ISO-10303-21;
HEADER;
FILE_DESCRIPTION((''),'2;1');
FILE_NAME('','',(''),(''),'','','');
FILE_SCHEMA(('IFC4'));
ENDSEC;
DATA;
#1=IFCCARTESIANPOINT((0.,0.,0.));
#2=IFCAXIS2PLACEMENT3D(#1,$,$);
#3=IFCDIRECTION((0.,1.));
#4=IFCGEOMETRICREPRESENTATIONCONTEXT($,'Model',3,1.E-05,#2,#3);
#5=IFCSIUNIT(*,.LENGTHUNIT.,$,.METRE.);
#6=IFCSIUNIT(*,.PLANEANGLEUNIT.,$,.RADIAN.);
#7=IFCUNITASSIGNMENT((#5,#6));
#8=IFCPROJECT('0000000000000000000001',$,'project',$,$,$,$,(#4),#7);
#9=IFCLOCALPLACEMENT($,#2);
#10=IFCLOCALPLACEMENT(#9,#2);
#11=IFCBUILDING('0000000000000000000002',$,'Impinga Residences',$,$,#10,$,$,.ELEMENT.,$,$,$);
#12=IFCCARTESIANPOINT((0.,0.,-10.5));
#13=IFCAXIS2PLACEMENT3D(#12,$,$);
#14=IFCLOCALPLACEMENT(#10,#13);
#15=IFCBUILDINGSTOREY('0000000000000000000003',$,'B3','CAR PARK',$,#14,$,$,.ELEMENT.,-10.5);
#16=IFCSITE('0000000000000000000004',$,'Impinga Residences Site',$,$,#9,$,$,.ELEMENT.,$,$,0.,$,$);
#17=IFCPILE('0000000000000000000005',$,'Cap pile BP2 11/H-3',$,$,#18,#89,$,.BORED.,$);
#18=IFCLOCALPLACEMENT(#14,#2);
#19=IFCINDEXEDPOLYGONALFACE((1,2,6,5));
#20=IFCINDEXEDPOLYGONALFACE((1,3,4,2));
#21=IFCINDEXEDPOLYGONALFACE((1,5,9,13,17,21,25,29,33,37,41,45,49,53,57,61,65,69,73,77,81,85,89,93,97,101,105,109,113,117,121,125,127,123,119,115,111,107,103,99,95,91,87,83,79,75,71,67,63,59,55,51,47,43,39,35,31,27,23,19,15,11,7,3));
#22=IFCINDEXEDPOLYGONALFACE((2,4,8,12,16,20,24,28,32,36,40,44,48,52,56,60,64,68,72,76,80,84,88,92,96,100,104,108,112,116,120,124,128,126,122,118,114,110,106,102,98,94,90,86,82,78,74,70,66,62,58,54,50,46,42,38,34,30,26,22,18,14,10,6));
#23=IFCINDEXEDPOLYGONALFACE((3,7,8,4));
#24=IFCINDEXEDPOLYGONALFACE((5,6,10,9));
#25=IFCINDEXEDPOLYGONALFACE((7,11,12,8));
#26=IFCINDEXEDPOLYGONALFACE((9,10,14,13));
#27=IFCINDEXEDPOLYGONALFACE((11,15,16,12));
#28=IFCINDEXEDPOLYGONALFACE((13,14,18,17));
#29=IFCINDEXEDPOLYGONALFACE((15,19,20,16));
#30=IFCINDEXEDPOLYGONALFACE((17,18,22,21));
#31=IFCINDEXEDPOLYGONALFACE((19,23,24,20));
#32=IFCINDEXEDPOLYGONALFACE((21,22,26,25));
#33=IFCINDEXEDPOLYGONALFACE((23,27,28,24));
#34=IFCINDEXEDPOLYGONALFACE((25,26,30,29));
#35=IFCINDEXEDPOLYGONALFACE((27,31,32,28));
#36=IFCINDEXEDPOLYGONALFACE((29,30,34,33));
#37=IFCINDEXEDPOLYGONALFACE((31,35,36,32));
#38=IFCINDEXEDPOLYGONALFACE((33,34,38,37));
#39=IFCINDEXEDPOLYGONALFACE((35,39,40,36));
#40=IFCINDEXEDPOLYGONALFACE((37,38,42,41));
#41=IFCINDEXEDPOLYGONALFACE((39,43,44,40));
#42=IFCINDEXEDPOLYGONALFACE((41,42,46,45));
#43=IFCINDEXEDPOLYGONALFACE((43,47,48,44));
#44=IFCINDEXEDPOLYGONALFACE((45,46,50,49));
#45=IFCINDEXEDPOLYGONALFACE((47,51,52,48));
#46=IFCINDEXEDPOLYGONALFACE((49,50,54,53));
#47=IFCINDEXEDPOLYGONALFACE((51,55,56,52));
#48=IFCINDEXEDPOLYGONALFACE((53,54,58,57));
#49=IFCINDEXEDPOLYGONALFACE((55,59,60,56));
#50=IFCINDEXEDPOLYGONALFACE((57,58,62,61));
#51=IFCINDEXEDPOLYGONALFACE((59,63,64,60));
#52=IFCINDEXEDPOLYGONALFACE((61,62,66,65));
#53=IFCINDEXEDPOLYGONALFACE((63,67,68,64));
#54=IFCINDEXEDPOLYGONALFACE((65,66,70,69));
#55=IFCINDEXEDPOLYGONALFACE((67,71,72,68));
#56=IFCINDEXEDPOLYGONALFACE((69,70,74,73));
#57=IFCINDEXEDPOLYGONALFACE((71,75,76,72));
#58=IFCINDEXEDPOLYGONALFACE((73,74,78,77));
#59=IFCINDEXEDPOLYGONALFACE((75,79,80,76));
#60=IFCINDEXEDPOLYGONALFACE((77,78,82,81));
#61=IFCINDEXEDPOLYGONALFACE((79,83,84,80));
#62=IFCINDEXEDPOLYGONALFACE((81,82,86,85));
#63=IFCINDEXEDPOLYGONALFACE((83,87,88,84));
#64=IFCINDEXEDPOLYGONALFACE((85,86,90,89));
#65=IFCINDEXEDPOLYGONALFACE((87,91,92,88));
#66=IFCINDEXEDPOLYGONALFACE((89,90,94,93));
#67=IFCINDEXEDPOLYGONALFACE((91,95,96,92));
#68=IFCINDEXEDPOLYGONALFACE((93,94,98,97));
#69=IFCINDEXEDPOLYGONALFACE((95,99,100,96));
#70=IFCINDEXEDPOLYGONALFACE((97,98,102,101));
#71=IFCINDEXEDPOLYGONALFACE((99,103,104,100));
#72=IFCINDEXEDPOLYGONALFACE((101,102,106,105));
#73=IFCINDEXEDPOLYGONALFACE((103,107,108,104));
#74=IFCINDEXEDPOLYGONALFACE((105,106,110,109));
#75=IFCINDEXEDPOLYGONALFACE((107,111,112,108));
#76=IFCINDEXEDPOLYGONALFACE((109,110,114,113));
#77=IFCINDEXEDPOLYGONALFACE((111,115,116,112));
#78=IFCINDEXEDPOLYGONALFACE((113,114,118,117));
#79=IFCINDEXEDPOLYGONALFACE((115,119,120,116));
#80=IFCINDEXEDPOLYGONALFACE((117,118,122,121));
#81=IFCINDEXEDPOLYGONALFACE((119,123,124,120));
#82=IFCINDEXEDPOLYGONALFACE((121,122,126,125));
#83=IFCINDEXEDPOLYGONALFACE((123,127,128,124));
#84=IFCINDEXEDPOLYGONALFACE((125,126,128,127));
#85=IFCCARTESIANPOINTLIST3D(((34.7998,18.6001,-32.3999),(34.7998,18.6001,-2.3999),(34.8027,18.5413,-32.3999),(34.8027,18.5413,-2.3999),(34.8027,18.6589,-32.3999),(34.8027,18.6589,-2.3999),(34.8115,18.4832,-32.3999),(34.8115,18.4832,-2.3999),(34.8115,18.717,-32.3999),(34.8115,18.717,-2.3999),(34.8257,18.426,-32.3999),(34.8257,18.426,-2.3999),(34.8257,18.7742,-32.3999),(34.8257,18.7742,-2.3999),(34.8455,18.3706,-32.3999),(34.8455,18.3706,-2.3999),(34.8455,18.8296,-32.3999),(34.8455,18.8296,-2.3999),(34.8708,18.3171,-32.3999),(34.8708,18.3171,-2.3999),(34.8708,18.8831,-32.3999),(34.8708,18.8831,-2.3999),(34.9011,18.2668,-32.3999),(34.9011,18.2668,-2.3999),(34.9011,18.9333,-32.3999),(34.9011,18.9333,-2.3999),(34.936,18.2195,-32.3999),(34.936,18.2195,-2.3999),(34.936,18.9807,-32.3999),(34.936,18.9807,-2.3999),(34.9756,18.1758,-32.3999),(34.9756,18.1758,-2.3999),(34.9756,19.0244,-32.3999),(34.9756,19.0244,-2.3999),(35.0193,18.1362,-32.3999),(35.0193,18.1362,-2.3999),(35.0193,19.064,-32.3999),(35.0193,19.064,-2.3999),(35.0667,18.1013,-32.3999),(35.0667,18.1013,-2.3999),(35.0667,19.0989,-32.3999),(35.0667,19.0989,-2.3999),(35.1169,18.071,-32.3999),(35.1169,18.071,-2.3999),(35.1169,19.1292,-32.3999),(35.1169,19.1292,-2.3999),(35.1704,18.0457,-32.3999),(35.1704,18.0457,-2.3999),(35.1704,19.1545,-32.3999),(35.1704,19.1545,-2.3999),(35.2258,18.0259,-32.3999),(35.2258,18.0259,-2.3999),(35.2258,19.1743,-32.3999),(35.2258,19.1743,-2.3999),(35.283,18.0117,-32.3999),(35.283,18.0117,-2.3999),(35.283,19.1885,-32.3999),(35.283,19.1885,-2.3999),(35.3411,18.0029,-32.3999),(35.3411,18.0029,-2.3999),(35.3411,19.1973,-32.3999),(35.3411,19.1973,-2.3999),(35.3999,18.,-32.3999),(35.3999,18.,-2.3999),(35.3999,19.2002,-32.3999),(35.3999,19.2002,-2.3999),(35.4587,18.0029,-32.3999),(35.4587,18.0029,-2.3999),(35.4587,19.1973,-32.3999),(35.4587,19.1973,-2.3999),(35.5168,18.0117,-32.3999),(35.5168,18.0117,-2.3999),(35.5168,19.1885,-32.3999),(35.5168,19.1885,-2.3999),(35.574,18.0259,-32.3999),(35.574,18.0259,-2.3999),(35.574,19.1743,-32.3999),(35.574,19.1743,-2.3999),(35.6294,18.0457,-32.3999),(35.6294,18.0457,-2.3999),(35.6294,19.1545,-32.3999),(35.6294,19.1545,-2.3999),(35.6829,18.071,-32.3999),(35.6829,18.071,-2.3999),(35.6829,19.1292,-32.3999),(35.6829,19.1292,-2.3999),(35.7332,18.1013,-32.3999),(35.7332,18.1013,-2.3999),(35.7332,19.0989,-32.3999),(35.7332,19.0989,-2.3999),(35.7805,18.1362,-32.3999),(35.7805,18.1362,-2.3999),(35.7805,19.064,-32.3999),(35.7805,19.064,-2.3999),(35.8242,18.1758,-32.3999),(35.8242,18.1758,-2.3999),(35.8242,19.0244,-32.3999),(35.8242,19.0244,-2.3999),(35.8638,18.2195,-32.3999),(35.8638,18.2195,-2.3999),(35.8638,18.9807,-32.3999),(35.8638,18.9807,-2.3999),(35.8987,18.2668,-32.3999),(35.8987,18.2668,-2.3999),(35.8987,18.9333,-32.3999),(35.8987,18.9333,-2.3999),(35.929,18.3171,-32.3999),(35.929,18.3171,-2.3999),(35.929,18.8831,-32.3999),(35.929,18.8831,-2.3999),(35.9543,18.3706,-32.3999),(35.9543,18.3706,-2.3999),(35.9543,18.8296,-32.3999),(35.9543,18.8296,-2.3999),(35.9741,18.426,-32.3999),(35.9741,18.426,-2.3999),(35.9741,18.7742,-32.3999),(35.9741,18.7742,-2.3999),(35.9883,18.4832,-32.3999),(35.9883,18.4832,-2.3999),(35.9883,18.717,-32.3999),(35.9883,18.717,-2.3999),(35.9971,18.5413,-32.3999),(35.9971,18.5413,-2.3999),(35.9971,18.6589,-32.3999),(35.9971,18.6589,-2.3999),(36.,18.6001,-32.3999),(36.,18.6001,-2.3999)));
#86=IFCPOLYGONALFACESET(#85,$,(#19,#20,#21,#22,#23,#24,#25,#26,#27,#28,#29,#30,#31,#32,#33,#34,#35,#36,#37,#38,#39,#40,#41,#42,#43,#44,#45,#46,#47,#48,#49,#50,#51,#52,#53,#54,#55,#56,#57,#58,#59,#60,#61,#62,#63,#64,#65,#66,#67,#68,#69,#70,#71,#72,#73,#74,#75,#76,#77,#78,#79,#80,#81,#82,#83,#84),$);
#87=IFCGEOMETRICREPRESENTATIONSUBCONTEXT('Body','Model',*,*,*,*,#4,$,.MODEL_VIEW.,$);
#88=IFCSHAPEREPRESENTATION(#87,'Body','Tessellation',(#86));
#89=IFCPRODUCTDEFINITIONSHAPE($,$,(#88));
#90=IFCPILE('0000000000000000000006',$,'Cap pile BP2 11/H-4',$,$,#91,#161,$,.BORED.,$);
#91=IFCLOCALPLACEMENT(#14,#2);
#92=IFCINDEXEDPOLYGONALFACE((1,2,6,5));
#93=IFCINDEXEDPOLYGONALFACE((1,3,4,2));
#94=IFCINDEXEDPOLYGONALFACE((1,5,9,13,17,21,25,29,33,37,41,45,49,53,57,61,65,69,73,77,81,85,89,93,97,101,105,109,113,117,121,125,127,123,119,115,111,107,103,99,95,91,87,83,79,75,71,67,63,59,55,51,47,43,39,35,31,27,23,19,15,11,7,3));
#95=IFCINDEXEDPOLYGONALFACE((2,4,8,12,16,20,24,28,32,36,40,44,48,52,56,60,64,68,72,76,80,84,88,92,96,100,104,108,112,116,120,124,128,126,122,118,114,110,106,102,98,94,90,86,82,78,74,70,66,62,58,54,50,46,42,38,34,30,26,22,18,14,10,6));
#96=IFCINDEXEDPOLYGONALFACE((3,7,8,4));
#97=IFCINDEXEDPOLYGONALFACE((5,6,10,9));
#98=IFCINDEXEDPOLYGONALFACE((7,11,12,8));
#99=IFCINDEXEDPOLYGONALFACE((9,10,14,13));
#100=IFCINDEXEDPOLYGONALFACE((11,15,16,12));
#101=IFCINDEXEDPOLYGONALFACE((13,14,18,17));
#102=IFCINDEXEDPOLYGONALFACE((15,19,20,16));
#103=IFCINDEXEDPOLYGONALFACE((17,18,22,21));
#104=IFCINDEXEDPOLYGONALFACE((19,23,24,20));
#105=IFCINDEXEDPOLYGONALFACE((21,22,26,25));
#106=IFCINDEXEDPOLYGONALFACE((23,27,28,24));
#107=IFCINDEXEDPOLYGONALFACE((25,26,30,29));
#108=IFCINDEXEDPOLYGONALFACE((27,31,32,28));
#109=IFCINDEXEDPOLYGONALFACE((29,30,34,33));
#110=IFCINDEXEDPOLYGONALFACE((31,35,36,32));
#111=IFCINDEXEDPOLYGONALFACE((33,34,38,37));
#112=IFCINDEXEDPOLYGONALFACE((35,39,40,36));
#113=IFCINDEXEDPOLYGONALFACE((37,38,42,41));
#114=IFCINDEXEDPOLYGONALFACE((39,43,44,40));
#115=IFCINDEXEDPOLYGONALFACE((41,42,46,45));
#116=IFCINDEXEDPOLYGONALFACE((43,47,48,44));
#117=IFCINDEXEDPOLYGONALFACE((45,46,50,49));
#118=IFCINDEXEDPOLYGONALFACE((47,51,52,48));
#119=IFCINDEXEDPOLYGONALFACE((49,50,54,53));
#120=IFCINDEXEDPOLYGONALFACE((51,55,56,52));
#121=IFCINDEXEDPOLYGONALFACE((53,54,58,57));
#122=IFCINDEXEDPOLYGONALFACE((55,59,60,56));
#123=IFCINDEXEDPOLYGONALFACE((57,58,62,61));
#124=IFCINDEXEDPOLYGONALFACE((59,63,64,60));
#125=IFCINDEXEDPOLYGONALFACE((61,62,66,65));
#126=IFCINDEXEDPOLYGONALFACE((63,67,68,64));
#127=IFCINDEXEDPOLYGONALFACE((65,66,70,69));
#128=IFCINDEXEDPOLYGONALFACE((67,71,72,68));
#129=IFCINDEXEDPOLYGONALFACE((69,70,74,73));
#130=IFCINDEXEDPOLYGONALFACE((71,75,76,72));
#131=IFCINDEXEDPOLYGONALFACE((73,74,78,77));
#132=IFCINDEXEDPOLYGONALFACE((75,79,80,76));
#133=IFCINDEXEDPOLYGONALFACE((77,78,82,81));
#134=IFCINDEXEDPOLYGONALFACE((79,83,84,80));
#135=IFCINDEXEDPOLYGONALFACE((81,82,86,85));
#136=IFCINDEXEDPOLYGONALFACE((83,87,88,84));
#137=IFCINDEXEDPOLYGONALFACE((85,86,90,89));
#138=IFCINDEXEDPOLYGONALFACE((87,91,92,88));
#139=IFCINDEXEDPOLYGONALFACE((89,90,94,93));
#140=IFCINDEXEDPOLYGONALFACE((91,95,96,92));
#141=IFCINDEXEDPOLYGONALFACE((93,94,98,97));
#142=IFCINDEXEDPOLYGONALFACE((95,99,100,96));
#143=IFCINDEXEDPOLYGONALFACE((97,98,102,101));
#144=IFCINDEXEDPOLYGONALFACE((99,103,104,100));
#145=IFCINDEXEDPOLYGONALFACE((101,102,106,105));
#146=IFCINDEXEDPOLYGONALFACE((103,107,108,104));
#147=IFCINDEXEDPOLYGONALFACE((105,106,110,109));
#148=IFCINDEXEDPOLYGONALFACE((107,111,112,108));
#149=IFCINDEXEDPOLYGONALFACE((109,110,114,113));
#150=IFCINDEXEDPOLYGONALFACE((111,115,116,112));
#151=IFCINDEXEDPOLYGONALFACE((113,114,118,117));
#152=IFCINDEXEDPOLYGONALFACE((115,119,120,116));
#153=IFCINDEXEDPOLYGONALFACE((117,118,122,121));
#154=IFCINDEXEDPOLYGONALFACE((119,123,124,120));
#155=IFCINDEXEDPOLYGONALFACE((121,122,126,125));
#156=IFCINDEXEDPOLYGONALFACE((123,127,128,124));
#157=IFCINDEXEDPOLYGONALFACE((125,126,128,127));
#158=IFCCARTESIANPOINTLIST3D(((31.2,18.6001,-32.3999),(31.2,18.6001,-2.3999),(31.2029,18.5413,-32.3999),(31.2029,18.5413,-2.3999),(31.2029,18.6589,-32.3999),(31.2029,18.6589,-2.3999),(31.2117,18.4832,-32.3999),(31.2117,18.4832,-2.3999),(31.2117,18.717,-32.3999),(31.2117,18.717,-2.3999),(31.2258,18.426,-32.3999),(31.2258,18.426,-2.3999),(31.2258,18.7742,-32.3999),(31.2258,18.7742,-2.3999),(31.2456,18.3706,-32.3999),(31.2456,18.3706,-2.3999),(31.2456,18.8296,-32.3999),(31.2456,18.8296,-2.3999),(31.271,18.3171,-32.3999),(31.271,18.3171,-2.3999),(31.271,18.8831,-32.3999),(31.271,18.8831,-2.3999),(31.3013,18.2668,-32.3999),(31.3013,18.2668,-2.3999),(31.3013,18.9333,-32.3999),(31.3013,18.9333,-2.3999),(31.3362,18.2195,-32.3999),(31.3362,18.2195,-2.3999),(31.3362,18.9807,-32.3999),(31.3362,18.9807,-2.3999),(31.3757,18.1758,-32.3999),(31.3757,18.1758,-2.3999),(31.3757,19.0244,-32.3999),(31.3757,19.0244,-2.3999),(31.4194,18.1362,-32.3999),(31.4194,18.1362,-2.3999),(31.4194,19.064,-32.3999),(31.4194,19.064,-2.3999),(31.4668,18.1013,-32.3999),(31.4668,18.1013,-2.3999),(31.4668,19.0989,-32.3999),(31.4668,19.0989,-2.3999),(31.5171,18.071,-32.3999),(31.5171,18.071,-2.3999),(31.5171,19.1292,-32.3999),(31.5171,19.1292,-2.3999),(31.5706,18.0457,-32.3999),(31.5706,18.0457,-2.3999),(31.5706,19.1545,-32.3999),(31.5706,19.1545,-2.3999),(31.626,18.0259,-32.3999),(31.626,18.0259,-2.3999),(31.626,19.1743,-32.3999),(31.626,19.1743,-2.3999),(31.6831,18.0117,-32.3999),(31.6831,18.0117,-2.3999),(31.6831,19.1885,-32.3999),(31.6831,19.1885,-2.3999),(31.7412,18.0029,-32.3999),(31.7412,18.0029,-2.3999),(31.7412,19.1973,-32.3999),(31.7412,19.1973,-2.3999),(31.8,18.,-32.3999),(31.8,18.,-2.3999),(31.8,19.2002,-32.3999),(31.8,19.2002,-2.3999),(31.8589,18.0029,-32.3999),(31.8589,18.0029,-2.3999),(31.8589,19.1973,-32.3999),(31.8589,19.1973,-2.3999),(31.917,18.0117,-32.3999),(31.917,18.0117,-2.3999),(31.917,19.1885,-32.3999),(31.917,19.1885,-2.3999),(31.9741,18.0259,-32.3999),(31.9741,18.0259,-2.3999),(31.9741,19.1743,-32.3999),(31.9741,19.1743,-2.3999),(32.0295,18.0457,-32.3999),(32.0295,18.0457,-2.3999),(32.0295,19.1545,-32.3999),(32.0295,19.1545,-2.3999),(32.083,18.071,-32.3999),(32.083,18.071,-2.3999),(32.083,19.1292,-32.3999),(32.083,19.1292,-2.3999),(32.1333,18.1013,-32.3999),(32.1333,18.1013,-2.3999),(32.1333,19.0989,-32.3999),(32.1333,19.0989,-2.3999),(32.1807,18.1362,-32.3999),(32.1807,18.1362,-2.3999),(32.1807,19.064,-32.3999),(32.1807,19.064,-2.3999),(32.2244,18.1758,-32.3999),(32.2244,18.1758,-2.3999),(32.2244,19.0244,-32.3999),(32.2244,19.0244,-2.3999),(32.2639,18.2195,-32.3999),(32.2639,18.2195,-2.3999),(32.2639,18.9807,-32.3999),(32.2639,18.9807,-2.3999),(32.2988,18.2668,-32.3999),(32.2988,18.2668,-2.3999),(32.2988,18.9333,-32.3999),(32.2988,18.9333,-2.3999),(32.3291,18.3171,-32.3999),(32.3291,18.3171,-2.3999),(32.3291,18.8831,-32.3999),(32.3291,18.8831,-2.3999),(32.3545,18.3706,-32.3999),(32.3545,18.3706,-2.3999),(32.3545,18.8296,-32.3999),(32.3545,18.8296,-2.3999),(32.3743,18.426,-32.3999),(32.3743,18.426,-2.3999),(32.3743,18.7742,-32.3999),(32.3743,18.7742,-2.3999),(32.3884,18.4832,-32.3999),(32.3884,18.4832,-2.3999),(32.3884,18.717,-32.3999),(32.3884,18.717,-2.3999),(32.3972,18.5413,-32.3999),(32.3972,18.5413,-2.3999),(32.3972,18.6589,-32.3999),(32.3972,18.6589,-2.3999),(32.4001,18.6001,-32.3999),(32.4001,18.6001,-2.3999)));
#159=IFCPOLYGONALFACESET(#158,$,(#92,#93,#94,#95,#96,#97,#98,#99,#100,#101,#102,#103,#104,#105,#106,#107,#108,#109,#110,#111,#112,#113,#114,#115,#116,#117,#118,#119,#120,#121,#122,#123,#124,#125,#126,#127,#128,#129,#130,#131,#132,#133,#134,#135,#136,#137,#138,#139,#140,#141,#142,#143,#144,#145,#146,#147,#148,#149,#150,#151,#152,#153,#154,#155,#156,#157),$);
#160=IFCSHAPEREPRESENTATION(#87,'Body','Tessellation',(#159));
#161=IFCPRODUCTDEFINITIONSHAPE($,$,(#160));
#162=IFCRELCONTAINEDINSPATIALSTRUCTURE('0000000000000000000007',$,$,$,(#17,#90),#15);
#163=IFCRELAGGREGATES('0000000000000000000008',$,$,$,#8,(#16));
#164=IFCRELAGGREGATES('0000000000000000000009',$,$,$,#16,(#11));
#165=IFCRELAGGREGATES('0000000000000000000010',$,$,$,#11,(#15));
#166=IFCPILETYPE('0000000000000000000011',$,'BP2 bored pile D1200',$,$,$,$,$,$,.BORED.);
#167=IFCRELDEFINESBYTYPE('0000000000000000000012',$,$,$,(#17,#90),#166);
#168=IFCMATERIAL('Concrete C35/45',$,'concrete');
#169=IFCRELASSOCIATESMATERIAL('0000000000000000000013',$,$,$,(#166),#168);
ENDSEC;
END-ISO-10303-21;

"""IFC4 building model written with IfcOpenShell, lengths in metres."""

from ifc_helpers import new_model, si_unit, direction, frame, origin, origin_2d, place, context, subcontext, project, spatial, polyline, circle, outline, extrude, material, material_profile, profile_set, type_object, element, save


model = new_model("IFC4")

# Units and contexts
model_context = context("Model", 3, precision=1e-05, world=origin(), true_north=direction((0.0, 1.0)))
body_context = subcontext(model_context, "Body", "Model", "MODEL_VIEW")
ifc_project = project(units=[si_unit("LENGTHUNIT", "METRE"), si_unit("PLANEANGLEUNIT", "RADIAN")], contexts=[model_context])

# Site, building, storey
site_placement = place(None, origin())
site = spatial("IfcSite", under=ifc_project, at=site_placement, Name="Impinga Residences Site", CompositionType="ELEMENT", RefElevation=0.0)
building_placement = place(site_placement, origin())
building = spatial("IfcBuilding", under=site, at=building_placement, Name="Impinga Residences", CompositionType="ELEMENT")
storey_placement = place(building_placement, frame((0.0, 0.0, -10.5)))
storey = spatial("IfcBuildingStorey", under=building, at=storey_placement, Name="B3", Description="CAR PARK", CompositionType="ELEMENT", Elevation=-10.5)

# Piles
ifc_material_1 = material(Name="Concrete C35/45", Category="concrete")
ifc_material_profile_1 = material_profile(ifc_material_1, circle(Radius=0.6001, at=origin_2d()), Name="D1200")
ifc_profile_set_1 = profile_set([ifc_material_profile_1], Name="Concrete C35/45")
pile_type = type_object("IfcPileType", Name="BP2 bored pile D1200", PredefinedType="BORED", material=ifc_profile_set_1)
pile_1_placement = place(storey_placement, frame((35.3999, 18.6001, -2.3999), z_axis=(0.0, 0.0, -1.0), x_axis=(1.0, 0.0, 0.0)))
element("IfcPile", 1, at=pile_1_placement, inside=storey, type_object=pile_type, Name="Cap pile BP2 11/H-3", PredefinedType="BORED", context=body_context, shape_type="SweptSolid", body=[
    extrude(outline(polyline([(0.6001, 0.0), (0.5972, 0.0588), (0.5884, 0.1169), (0.5742, 0.1741), (0.5544, 0.2295), (0.5291, 0.283), (0.4988, 0.3333), (0.4639, 0.3806), (0.4243, 0.4243), (0.3806, 0.4639), (0.3333, 0.4988), (0.283, 0.5291), (0.2295, 0.5544), (0.1741, 0.5742), (0.1169, 0.5884), (0.0588, 0.5972), (0.0, 0.6001), (-0.0588, 0.5972), (-0.1169, 0.5884), (-0.1741, 0.5742), (-0.2295, 0.5544), (-0.283, 0.5291), (-0.3333, 0.4988), (-0.3806, 0.4639), (-0.4243, 0.4243), (-0.4639, 0.3806), (-0.4988, 0.3333), (-0.5291, 0.283), (-0.5544, 0.2295), (-0.5742, 0.1741), (-0.5884, 0.1169), (-0.5972, 0.0588), (-0.6001, 0.0), (-0.5972, -0.0588), (-0.5884, -0.1169), (-0.5742, -0.1741), (-0.5544, -0.2295), (-0.5291, -0.283), (-0.4988, -0.3333), (-0.4639, -0.3806), (-0.4243, -0.4243), (-0.3806, -0.4639), (-0.3333, -0.4988), (-0.283, -0.5291), (-0.2295, -0.5544), (-0.1741, -0.5742), (-0.1169, -0.5884), (-0.0588, -0.5972), (0.0, -0.6001), (0.0588, -0.5972), (0.1169, -0.5884), (0.1741, -0.5742), (0.2295, -0.5544), (0.283, -0.5291), (0.3333, -0.4988), (0.3806, -0.4639), (0.4243, -0.4243), (0.4639, -0.3806), (0.4988, -0.3333), (0.5291, -0.283), (0.5544, -0.2295), (0.5742, -0.1741), (0.5884, -0.1169), (0.5972, -0.0588), (0.6001, 0.0)])), origin(), (0.0, 0.0, 1.0), 30.0),
])
pile_2_placement = place(storey_placement, frame((31.8, 18.6001, -2.3999), z_axis=(0.0, 0.0, -1.0), x_axis=(1.0, 0.0, 0.0)))
element("IfcPile", 2, at=pile_2_placement, inside=storey, type_object=pile_type, Name="Cap pile BP2 11/H-4", PredefinedType="BORED", context=body_context, shape_type="SweptSolid", body=[
    extrude(outline(polyline([(0.6001, 0.0), (0.5972, 0.0588), (0.5884, 0.1169), (0.5742, 0.1741), (0.5544, 0.2295), (0.5291, 0.283), (0.4988, 0.3333), (0.4639, 0.3806), (0.4243, 0.4243), (0.3806, 0.4639), (0.3333, 0.4988), (0.283, 0.5291), (0.2295, 0.5544), (0.1741, 0.5742), (0.1169, 0.5884), (0.0588, 0.5972), (0.0, 0.6001), (-0.0588, 0.5972), (-0.1169, 0.5884), (-0.1741, 0.5742), (-0.2295, 0.5544), (-0.283, 0.5291), (-0.3333, 0.4988), (-0.3806, 0.4639), (-0.4243, 0.4243), (-0.4639, 0.3806), (-0.4988, 0.3333), (-0.5291, 0.283), (-0.5544, 0.2295), (-0.5742, 0.1741), (-0.5884, 0.1169), (-0.5972, 0.0588), (-0.6001, 0.0), (-0.5972, -0.0588), (-0.5884, -0.1169), (-0.5742, -0.1741), (-0.5544, -0.2295), (-0.5291, -0.283), (-0.4988, -0.3333), (-0.4639, -0.3806), (-0.4243, -0.4243), (-0.3806, -0.4639), (-0.3333, -0.4988), (-0.283, -0.5291), (-0.2295, -0.5544), (-0.1741, -0.5742), (-0.1169, -0.5884), (-0.0588, -0.5972), (0.0, -0.6001), (0.0588, -0.5972), (0.1169, -0.5884), (0.1741, -0.5742), (0.2295, -0.5544), (0.283, -0.5291), (0.3333, -0.4988), (0.3806, -0.4639), (0.4243, -0.4243), (0.4639, -0.3806), (0.4988, -0.3333), (0.5291, -0.283), (0.5544, -0.2295), (0.5742, -0.1741), (0.5884, -0.1169), (0.5972, -0.0588), (0.6001, 0.0)])), origin(), (0.0, 0.0, 1.0), 30.0),
])

save(model, "model.ifc")
